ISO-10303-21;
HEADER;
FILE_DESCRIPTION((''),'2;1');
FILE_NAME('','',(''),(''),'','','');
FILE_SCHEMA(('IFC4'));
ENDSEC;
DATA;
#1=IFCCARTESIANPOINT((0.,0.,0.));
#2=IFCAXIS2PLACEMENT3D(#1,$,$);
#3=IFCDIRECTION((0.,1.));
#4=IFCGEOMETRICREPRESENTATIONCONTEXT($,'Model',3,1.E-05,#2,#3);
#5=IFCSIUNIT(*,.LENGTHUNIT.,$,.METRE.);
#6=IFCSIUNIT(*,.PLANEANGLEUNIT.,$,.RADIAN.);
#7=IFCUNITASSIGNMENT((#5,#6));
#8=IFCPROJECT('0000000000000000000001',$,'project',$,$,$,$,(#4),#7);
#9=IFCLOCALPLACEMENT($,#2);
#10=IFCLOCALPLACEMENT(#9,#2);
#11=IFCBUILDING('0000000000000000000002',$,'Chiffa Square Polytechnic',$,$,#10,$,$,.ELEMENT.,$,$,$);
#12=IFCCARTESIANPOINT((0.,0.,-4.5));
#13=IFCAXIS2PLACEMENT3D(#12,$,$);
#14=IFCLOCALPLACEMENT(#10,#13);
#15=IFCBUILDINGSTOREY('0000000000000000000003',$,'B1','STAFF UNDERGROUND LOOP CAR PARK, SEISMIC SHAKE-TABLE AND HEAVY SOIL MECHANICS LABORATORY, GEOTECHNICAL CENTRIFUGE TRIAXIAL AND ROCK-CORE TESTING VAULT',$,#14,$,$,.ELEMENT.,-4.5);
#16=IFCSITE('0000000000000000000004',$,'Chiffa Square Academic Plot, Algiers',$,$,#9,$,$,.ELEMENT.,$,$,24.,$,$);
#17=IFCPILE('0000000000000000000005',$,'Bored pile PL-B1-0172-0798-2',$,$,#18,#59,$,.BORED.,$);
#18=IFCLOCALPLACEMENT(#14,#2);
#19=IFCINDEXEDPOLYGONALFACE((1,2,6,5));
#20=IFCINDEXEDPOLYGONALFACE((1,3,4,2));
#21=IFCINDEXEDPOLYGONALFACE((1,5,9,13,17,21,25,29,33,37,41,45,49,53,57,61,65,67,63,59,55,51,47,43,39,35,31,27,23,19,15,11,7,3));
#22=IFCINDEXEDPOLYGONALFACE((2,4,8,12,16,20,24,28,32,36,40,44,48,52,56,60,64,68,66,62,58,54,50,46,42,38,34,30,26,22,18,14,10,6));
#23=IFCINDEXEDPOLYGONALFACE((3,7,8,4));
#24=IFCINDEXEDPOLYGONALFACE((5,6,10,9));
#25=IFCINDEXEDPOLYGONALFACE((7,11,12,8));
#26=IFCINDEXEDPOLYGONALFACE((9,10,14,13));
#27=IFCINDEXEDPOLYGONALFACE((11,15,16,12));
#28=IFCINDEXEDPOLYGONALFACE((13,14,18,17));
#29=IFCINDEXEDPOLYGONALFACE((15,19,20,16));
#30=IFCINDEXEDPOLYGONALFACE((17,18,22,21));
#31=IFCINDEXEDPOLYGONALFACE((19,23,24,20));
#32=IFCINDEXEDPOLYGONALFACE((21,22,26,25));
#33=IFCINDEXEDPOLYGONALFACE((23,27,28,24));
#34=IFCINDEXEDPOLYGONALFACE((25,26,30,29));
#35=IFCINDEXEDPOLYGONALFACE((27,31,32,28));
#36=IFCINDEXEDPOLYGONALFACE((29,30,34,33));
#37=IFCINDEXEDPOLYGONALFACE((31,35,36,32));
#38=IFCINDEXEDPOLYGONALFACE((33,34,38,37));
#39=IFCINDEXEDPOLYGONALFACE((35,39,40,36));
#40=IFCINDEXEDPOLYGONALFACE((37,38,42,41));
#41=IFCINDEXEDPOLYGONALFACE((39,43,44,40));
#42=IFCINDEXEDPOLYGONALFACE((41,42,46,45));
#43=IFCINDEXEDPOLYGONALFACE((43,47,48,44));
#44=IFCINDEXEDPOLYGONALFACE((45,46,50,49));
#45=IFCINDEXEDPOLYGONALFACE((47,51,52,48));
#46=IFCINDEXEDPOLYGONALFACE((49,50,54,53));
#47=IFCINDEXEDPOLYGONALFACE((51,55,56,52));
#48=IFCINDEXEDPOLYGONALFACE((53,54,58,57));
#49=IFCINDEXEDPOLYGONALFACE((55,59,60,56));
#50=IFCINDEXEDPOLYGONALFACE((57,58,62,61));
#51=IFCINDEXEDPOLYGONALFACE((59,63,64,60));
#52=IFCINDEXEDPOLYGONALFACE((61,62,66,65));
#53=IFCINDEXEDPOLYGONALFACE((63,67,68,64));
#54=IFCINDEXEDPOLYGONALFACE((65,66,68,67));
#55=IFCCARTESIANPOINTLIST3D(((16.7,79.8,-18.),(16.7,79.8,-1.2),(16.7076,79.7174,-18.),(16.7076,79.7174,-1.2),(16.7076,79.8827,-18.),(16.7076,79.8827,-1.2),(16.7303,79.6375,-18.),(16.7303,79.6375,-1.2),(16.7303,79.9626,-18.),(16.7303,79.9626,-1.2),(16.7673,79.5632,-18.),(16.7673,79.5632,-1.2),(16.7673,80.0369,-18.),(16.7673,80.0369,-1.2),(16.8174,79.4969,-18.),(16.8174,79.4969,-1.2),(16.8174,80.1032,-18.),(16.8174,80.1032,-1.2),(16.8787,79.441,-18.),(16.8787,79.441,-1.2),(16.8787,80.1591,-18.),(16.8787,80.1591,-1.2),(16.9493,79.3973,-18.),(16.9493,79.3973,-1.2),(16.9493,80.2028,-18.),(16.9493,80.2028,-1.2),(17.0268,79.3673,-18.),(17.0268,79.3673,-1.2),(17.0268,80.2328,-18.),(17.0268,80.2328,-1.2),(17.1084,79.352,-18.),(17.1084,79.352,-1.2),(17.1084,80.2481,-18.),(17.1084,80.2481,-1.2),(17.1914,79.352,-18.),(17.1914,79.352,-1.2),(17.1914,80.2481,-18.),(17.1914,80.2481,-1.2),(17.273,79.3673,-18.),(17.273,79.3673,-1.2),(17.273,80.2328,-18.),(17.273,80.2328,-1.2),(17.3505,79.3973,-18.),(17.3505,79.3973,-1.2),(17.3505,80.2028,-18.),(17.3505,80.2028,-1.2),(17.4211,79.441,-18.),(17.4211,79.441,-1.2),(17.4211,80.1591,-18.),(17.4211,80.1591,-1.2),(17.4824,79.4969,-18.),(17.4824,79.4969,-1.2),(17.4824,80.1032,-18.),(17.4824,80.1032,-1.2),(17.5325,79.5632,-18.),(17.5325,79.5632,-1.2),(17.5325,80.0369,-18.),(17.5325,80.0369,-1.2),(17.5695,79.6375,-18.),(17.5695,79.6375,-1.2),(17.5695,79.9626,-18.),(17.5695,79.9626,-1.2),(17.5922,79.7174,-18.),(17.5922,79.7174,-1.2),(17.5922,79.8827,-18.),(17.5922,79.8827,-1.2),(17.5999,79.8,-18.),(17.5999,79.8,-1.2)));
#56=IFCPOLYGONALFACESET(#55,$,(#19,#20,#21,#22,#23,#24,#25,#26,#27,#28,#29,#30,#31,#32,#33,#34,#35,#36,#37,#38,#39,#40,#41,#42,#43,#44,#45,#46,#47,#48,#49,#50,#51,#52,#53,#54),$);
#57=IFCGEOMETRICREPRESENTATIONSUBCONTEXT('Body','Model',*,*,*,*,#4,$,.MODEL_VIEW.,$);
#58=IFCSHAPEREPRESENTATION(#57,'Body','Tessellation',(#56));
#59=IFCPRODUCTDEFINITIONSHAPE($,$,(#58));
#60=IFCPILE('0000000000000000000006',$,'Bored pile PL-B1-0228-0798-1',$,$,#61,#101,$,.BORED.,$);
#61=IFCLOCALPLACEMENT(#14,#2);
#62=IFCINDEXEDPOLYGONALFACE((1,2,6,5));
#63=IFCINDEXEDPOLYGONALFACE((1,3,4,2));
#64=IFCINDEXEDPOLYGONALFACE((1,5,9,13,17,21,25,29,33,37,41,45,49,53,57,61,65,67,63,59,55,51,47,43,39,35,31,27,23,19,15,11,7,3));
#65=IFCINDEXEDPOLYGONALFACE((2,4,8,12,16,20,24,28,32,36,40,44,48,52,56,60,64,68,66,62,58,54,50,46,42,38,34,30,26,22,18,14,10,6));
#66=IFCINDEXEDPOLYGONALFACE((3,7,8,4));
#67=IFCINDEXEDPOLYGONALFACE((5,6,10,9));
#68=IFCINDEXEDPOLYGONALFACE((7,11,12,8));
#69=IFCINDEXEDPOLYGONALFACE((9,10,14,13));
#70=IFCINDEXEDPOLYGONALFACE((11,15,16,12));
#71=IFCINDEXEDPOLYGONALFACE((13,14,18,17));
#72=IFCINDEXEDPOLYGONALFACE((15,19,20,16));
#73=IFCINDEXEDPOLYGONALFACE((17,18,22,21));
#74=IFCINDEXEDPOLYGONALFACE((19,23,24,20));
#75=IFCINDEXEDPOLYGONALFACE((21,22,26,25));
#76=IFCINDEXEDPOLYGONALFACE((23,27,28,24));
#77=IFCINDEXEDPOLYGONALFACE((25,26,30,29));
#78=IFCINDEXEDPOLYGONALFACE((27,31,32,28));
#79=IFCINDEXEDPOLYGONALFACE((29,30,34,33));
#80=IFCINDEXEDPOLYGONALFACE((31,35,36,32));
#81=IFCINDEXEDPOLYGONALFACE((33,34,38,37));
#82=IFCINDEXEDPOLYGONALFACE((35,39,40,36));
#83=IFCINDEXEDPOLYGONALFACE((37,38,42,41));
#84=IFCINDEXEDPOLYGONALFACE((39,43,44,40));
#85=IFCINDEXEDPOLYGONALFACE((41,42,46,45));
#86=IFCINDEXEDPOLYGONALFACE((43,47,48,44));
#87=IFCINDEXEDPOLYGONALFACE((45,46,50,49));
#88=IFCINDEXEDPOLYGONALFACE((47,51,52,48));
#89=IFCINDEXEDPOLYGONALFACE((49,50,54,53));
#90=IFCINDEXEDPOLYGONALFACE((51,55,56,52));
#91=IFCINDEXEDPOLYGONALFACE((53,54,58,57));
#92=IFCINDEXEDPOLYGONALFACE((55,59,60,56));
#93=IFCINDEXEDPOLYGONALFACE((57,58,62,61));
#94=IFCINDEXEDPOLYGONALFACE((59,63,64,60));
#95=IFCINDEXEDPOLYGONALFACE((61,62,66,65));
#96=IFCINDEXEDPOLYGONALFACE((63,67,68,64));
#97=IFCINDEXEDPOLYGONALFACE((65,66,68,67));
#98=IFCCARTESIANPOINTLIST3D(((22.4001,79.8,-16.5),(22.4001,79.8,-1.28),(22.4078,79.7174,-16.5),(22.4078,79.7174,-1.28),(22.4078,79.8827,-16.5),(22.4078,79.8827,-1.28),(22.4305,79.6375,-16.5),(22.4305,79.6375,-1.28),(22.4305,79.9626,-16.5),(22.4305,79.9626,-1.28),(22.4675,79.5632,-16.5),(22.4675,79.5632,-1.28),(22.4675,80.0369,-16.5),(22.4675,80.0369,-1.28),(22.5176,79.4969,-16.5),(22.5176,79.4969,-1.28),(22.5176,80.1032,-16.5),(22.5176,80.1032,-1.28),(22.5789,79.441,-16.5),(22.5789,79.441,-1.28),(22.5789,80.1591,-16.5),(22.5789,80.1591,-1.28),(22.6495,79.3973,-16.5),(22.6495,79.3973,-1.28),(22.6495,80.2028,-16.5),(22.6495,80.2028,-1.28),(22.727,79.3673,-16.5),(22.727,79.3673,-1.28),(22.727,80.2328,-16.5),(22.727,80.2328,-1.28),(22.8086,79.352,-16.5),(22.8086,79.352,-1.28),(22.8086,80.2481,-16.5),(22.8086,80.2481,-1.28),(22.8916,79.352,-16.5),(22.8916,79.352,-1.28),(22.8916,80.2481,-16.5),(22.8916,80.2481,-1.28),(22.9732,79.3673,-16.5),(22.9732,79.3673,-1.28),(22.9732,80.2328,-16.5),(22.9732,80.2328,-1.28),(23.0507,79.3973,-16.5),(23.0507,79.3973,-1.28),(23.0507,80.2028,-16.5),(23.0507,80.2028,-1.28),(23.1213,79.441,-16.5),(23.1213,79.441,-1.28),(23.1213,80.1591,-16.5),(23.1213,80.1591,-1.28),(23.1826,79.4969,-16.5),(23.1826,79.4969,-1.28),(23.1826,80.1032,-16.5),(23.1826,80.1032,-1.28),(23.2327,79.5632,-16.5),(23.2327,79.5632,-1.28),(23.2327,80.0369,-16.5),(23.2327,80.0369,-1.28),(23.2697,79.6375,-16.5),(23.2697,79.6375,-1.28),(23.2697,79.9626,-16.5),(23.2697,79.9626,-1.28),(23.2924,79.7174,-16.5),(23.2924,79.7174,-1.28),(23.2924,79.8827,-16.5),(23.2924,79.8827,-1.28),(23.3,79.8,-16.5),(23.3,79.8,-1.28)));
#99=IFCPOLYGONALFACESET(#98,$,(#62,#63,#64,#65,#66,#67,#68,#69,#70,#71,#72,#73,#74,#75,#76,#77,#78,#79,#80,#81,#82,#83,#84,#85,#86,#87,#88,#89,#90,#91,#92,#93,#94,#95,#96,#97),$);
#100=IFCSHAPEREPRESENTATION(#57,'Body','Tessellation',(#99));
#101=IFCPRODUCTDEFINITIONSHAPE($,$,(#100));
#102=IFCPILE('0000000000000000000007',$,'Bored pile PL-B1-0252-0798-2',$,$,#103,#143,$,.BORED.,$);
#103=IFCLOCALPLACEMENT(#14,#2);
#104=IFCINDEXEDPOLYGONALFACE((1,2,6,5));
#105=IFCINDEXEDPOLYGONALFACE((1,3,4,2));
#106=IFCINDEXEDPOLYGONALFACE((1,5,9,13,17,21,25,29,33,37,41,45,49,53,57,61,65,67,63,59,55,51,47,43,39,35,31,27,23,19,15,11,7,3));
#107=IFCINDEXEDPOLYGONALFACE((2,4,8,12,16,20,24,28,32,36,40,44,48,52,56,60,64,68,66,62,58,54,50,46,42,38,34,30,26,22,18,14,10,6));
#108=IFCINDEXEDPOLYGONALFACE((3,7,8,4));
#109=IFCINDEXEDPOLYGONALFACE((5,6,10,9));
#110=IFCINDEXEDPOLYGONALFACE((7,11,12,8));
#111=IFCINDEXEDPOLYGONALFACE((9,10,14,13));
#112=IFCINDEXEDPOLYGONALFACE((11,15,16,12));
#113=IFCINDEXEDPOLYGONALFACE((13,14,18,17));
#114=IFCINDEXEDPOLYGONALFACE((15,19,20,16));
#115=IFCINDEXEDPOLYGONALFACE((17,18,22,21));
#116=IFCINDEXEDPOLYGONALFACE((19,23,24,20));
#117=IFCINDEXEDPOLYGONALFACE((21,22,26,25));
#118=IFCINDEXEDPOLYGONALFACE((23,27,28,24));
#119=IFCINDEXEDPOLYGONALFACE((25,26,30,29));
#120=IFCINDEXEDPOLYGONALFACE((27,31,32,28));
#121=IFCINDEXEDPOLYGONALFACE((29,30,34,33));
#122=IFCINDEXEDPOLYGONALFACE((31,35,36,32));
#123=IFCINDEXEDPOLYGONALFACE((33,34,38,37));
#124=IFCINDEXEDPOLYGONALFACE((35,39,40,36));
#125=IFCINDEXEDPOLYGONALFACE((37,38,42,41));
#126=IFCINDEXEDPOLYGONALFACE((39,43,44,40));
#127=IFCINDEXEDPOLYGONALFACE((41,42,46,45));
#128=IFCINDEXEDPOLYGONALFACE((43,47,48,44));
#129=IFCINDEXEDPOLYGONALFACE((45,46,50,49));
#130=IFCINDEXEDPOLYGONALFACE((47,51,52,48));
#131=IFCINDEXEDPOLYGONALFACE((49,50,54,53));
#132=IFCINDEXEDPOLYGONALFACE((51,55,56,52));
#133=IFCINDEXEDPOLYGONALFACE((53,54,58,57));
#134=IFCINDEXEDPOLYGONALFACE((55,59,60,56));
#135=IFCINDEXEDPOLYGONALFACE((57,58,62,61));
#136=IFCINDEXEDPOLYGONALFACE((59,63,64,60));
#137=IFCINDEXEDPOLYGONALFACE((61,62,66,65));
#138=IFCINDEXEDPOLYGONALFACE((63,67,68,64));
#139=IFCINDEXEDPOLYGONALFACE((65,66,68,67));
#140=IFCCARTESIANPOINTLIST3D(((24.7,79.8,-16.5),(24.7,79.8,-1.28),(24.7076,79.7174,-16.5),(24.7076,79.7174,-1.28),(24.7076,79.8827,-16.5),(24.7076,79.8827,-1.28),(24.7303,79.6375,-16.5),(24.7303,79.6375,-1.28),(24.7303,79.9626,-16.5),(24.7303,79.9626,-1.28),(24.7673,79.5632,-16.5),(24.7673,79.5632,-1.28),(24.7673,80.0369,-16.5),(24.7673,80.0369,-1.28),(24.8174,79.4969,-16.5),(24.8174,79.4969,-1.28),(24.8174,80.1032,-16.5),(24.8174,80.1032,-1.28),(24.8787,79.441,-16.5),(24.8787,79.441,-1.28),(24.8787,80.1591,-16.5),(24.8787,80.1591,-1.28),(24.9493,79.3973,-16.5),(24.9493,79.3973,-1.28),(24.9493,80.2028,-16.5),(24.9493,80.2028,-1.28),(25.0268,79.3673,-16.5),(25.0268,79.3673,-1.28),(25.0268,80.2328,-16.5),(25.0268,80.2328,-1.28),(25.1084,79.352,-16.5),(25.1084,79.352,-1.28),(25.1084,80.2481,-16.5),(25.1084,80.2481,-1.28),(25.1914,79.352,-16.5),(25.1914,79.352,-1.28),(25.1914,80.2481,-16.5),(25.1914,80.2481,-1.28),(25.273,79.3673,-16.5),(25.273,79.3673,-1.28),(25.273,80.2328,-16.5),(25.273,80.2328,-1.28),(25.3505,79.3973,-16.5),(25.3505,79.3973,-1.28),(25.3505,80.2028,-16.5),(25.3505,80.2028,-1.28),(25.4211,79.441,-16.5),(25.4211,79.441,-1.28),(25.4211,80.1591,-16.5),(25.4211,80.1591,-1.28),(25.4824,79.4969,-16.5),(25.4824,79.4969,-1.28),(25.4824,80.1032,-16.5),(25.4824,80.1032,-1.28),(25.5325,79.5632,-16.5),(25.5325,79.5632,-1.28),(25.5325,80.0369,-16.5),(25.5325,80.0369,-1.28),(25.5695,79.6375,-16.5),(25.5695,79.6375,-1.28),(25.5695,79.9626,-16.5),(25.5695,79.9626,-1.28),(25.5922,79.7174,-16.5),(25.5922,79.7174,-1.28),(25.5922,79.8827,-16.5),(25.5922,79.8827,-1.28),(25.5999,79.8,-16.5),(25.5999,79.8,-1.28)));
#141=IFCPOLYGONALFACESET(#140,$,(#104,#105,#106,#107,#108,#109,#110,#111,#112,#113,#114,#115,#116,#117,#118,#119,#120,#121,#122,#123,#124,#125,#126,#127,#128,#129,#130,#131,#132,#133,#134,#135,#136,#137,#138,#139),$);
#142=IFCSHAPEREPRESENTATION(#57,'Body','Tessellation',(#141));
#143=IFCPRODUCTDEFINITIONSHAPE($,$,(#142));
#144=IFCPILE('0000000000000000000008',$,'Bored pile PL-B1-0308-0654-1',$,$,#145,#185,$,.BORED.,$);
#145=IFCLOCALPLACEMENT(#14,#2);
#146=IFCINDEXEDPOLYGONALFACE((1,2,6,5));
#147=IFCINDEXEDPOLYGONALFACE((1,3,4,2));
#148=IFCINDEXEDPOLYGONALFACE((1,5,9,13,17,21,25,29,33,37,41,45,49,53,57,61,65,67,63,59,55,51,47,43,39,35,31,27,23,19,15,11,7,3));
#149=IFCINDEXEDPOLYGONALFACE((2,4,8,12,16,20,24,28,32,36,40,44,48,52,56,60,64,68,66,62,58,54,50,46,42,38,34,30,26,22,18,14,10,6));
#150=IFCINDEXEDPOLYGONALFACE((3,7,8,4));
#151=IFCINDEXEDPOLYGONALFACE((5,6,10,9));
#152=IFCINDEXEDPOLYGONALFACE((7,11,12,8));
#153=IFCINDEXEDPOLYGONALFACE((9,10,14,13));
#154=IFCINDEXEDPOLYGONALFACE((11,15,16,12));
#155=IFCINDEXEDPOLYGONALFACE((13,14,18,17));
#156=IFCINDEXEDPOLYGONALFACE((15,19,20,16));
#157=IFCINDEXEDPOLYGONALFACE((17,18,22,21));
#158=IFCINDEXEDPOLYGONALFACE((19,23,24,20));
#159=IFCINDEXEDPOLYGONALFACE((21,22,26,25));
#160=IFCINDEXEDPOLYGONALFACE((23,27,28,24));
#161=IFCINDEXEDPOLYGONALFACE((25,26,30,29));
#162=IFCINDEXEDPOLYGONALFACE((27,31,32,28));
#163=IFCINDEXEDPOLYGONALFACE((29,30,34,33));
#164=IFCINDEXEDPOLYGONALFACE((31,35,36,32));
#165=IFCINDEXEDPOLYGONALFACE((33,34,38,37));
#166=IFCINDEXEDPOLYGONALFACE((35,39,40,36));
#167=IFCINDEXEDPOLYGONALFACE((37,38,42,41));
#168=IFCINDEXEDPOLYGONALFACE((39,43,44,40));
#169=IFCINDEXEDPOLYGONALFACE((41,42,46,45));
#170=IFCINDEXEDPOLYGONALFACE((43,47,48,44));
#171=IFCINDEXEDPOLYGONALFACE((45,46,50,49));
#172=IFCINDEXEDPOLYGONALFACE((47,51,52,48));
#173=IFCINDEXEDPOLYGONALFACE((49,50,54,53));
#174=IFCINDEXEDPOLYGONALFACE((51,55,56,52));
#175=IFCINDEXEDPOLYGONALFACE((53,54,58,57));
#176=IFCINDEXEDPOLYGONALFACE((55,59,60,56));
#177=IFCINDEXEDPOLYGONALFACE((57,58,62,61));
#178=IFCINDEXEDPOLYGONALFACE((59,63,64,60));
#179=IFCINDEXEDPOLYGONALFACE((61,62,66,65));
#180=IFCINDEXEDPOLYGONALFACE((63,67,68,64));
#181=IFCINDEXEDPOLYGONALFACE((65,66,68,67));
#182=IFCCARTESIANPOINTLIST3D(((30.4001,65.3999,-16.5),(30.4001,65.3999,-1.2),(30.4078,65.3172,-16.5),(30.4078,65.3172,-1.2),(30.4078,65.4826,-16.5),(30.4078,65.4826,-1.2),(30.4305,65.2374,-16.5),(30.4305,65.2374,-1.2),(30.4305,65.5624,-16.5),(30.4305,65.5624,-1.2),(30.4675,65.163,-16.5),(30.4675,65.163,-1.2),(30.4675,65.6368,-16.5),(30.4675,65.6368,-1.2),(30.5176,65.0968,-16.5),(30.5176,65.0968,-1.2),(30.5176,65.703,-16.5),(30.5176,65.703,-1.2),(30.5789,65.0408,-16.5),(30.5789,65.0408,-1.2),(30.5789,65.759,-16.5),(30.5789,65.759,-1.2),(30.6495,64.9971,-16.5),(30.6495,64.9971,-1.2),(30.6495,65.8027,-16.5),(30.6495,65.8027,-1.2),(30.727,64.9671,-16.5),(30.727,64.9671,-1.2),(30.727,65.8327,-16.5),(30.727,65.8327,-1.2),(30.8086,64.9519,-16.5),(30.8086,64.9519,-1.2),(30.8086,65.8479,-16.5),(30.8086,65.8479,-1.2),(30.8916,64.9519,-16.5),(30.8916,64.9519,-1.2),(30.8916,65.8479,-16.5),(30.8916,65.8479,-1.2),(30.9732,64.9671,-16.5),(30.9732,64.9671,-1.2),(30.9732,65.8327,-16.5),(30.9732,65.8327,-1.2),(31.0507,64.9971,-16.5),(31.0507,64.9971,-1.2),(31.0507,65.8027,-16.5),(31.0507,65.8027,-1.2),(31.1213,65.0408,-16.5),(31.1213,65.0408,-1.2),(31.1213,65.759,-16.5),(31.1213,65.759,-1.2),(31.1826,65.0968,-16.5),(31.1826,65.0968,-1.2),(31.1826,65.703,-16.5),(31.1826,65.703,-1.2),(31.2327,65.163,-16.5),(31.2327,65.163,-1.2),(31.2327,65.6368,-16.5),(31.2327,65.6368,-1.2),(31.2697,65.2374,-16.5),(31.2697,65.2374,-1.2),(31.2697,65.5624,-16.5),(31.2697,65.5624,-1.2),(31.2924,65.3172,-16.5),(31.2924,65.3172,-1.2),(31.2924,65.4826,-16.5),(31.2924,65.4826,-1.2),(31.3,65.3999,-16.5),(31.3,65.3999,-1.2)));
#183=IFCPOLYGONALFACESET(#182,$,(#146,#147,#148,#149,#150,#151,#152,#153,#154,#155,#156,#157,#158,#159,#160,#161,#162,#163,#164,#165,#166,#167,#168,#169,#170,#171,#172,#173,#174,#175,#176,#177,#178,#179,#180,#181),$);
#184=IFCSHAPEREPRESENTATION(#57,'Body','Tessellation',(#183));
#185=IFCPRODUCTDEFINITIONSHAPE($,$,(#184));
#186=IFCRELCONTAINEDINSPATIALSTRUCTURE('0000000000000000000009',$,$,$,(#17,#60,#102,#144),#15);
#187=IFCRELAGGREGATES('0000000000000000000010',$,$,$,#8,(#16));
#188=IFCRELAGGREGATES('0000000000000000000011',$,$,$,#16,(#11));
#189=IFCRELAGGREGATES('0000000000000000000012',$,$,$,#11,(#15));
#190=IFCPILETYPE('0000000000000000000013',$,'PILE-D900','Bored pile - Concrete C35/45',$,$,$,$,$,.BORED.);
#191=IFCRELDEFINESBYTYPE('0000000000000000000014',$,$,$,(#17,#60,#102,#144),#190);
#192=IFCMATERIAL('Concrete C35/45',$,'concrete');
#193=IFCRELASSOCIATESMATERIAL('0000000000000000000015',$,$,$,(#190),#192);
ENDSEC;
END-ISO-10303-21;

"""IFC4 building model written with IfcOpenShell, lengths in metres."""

from ifc_helpers import new_model, si_unit, direction, frame, origin, origin_2d, place, context, subcontext, project, spatial, circle, extrude, material, material_profile, profile_set, type_object, element, save


model = new_model("IFC4")

# Units and contexts
model_context = context("Model", 3, precision=1e-05, world=origin(), true_north=direction((0.0, 1.0)))
body_context = subcontext(model_context, "Body", "Model", "MODEL_VIEW")
ifc_project = project(units=[si_unit("LENGTHUNIT", "METRE"), si_unit("PLANEANGLEUNIT", "RADIAN")], contexts=[model_context])

# Site, building, storey
site_placement = place(None, origin())
site = spatial("IfcSite", under=ifc_project, at=site_placement, Name="Chiffa Square Academic Plot, Algiers", CompositionType="ELEMENT", RefElevation=24.0)
building_placement = place(site_placement, origin())
building = spatial("IfcBuilding", under=site, at=building_placement, Name="Chiffa Square Polytechnic", CompositionType="ELEMENT")
storey_placement = place(building_placement, frame((0.0, 0.0, -4.5)))
storey = spatial("IfcBuildingStorey", under=building, at=storey_placement, Name="B1", Description="STAFF UNDERGROUND LOOP CAR PARK, SEISMIC SHAKE-TABLE AND HEAVY SOIL MECHANICS LABORATORY, GEOTECHNICAL CENTRIFUGE TRIAXIAL AND ROCK-CORE TESTING VAULT", CompositionType="ELEMENT", Elevation=-4.5)

# Shared definitions
ifc_material_1 = material(Name="Concrete C35/45", Category="concrete")

# Piles
ifc_material_profile_1 = material_profile(ifc_material_1, circle(Radius=0.45, at=origin_2d()), Name="PILE D900")
ifc_profile_set_1 = profile_set([ifc_material_profile_1], Name="Concrete C35/45")
pile_type_1 = type_object("IfcPileType", Name="PILE-D900", Description="Bored pile - Concrete C35/45", PredefinedType="BORED", material=ifc_profile_set_1)
pile_1_placement = place(storey_placement, frame((17.1499, 79.8, -1.2), z_axis=(0.0, 0.0, -1.0), x_axis=(1.0, 0.0, 0.0)))
element("IfcPile", 1, at=pile_1_placement, inside=storey, type_object=pile_type_1, Name="Bored pile PL-B1-0172-0798-2", PredefinedType="BORED", context=body_context, shape_type="SweptSolid", body=[
    extrude(circle(Radius=0.45, at=origin_2d()), origin(), (0.0, 0.0, 1.0), 16.8),
])
for number, where, z_axis, x_axis, name in (
    (2, (22.8501, 79.8, -1.28), (0.0, 0.0, -1.0), (1.0, 0.0, 0.0), "Bored pile PL-B1-0228-0798-1"),
    (3, (25.1499, 79.8, -1.28), (0.0, 0.0, -1.0), (1.0, 0.0, 0.0), "Bored pile PL-B1-0252-0798-2"),
):
    element("IfcPile", number, at=place(storey_placement, frame(where, z_axis=z_axis, x_axis=x_axis)), inside=storey, type_object=pile_type_1, Name=name, PredefinedType="BORED", context=body_context, shape_type="SweptSolid", body=[
        extrude(circle(Radius=0.45, at=origin_2d()), origin(), (0.0, 0.0, 1.0), 15.22),
    ])
pile_2_placement = place(storey_placement, frame((30.8501, 65.3999, -1.2), z_axis=(0.0, 0.0, -1.0), x_axis=(1.0, 0.0, 0.0)))
element("IfcPile", 4, at=pile_2_placement, inside=storey, type_object=pile_type_1, Name="Bored pile PL-B1-0308-0654-1", PredefinedType="BORED", context=body_context, shape_type="SweptSolid", body=[
    extrude(circle(Radius=0.45, at=origin_2d()), origin(), (0.0, 0.0, 1.0), 15.3),
])

save(model, "model.ifc")
